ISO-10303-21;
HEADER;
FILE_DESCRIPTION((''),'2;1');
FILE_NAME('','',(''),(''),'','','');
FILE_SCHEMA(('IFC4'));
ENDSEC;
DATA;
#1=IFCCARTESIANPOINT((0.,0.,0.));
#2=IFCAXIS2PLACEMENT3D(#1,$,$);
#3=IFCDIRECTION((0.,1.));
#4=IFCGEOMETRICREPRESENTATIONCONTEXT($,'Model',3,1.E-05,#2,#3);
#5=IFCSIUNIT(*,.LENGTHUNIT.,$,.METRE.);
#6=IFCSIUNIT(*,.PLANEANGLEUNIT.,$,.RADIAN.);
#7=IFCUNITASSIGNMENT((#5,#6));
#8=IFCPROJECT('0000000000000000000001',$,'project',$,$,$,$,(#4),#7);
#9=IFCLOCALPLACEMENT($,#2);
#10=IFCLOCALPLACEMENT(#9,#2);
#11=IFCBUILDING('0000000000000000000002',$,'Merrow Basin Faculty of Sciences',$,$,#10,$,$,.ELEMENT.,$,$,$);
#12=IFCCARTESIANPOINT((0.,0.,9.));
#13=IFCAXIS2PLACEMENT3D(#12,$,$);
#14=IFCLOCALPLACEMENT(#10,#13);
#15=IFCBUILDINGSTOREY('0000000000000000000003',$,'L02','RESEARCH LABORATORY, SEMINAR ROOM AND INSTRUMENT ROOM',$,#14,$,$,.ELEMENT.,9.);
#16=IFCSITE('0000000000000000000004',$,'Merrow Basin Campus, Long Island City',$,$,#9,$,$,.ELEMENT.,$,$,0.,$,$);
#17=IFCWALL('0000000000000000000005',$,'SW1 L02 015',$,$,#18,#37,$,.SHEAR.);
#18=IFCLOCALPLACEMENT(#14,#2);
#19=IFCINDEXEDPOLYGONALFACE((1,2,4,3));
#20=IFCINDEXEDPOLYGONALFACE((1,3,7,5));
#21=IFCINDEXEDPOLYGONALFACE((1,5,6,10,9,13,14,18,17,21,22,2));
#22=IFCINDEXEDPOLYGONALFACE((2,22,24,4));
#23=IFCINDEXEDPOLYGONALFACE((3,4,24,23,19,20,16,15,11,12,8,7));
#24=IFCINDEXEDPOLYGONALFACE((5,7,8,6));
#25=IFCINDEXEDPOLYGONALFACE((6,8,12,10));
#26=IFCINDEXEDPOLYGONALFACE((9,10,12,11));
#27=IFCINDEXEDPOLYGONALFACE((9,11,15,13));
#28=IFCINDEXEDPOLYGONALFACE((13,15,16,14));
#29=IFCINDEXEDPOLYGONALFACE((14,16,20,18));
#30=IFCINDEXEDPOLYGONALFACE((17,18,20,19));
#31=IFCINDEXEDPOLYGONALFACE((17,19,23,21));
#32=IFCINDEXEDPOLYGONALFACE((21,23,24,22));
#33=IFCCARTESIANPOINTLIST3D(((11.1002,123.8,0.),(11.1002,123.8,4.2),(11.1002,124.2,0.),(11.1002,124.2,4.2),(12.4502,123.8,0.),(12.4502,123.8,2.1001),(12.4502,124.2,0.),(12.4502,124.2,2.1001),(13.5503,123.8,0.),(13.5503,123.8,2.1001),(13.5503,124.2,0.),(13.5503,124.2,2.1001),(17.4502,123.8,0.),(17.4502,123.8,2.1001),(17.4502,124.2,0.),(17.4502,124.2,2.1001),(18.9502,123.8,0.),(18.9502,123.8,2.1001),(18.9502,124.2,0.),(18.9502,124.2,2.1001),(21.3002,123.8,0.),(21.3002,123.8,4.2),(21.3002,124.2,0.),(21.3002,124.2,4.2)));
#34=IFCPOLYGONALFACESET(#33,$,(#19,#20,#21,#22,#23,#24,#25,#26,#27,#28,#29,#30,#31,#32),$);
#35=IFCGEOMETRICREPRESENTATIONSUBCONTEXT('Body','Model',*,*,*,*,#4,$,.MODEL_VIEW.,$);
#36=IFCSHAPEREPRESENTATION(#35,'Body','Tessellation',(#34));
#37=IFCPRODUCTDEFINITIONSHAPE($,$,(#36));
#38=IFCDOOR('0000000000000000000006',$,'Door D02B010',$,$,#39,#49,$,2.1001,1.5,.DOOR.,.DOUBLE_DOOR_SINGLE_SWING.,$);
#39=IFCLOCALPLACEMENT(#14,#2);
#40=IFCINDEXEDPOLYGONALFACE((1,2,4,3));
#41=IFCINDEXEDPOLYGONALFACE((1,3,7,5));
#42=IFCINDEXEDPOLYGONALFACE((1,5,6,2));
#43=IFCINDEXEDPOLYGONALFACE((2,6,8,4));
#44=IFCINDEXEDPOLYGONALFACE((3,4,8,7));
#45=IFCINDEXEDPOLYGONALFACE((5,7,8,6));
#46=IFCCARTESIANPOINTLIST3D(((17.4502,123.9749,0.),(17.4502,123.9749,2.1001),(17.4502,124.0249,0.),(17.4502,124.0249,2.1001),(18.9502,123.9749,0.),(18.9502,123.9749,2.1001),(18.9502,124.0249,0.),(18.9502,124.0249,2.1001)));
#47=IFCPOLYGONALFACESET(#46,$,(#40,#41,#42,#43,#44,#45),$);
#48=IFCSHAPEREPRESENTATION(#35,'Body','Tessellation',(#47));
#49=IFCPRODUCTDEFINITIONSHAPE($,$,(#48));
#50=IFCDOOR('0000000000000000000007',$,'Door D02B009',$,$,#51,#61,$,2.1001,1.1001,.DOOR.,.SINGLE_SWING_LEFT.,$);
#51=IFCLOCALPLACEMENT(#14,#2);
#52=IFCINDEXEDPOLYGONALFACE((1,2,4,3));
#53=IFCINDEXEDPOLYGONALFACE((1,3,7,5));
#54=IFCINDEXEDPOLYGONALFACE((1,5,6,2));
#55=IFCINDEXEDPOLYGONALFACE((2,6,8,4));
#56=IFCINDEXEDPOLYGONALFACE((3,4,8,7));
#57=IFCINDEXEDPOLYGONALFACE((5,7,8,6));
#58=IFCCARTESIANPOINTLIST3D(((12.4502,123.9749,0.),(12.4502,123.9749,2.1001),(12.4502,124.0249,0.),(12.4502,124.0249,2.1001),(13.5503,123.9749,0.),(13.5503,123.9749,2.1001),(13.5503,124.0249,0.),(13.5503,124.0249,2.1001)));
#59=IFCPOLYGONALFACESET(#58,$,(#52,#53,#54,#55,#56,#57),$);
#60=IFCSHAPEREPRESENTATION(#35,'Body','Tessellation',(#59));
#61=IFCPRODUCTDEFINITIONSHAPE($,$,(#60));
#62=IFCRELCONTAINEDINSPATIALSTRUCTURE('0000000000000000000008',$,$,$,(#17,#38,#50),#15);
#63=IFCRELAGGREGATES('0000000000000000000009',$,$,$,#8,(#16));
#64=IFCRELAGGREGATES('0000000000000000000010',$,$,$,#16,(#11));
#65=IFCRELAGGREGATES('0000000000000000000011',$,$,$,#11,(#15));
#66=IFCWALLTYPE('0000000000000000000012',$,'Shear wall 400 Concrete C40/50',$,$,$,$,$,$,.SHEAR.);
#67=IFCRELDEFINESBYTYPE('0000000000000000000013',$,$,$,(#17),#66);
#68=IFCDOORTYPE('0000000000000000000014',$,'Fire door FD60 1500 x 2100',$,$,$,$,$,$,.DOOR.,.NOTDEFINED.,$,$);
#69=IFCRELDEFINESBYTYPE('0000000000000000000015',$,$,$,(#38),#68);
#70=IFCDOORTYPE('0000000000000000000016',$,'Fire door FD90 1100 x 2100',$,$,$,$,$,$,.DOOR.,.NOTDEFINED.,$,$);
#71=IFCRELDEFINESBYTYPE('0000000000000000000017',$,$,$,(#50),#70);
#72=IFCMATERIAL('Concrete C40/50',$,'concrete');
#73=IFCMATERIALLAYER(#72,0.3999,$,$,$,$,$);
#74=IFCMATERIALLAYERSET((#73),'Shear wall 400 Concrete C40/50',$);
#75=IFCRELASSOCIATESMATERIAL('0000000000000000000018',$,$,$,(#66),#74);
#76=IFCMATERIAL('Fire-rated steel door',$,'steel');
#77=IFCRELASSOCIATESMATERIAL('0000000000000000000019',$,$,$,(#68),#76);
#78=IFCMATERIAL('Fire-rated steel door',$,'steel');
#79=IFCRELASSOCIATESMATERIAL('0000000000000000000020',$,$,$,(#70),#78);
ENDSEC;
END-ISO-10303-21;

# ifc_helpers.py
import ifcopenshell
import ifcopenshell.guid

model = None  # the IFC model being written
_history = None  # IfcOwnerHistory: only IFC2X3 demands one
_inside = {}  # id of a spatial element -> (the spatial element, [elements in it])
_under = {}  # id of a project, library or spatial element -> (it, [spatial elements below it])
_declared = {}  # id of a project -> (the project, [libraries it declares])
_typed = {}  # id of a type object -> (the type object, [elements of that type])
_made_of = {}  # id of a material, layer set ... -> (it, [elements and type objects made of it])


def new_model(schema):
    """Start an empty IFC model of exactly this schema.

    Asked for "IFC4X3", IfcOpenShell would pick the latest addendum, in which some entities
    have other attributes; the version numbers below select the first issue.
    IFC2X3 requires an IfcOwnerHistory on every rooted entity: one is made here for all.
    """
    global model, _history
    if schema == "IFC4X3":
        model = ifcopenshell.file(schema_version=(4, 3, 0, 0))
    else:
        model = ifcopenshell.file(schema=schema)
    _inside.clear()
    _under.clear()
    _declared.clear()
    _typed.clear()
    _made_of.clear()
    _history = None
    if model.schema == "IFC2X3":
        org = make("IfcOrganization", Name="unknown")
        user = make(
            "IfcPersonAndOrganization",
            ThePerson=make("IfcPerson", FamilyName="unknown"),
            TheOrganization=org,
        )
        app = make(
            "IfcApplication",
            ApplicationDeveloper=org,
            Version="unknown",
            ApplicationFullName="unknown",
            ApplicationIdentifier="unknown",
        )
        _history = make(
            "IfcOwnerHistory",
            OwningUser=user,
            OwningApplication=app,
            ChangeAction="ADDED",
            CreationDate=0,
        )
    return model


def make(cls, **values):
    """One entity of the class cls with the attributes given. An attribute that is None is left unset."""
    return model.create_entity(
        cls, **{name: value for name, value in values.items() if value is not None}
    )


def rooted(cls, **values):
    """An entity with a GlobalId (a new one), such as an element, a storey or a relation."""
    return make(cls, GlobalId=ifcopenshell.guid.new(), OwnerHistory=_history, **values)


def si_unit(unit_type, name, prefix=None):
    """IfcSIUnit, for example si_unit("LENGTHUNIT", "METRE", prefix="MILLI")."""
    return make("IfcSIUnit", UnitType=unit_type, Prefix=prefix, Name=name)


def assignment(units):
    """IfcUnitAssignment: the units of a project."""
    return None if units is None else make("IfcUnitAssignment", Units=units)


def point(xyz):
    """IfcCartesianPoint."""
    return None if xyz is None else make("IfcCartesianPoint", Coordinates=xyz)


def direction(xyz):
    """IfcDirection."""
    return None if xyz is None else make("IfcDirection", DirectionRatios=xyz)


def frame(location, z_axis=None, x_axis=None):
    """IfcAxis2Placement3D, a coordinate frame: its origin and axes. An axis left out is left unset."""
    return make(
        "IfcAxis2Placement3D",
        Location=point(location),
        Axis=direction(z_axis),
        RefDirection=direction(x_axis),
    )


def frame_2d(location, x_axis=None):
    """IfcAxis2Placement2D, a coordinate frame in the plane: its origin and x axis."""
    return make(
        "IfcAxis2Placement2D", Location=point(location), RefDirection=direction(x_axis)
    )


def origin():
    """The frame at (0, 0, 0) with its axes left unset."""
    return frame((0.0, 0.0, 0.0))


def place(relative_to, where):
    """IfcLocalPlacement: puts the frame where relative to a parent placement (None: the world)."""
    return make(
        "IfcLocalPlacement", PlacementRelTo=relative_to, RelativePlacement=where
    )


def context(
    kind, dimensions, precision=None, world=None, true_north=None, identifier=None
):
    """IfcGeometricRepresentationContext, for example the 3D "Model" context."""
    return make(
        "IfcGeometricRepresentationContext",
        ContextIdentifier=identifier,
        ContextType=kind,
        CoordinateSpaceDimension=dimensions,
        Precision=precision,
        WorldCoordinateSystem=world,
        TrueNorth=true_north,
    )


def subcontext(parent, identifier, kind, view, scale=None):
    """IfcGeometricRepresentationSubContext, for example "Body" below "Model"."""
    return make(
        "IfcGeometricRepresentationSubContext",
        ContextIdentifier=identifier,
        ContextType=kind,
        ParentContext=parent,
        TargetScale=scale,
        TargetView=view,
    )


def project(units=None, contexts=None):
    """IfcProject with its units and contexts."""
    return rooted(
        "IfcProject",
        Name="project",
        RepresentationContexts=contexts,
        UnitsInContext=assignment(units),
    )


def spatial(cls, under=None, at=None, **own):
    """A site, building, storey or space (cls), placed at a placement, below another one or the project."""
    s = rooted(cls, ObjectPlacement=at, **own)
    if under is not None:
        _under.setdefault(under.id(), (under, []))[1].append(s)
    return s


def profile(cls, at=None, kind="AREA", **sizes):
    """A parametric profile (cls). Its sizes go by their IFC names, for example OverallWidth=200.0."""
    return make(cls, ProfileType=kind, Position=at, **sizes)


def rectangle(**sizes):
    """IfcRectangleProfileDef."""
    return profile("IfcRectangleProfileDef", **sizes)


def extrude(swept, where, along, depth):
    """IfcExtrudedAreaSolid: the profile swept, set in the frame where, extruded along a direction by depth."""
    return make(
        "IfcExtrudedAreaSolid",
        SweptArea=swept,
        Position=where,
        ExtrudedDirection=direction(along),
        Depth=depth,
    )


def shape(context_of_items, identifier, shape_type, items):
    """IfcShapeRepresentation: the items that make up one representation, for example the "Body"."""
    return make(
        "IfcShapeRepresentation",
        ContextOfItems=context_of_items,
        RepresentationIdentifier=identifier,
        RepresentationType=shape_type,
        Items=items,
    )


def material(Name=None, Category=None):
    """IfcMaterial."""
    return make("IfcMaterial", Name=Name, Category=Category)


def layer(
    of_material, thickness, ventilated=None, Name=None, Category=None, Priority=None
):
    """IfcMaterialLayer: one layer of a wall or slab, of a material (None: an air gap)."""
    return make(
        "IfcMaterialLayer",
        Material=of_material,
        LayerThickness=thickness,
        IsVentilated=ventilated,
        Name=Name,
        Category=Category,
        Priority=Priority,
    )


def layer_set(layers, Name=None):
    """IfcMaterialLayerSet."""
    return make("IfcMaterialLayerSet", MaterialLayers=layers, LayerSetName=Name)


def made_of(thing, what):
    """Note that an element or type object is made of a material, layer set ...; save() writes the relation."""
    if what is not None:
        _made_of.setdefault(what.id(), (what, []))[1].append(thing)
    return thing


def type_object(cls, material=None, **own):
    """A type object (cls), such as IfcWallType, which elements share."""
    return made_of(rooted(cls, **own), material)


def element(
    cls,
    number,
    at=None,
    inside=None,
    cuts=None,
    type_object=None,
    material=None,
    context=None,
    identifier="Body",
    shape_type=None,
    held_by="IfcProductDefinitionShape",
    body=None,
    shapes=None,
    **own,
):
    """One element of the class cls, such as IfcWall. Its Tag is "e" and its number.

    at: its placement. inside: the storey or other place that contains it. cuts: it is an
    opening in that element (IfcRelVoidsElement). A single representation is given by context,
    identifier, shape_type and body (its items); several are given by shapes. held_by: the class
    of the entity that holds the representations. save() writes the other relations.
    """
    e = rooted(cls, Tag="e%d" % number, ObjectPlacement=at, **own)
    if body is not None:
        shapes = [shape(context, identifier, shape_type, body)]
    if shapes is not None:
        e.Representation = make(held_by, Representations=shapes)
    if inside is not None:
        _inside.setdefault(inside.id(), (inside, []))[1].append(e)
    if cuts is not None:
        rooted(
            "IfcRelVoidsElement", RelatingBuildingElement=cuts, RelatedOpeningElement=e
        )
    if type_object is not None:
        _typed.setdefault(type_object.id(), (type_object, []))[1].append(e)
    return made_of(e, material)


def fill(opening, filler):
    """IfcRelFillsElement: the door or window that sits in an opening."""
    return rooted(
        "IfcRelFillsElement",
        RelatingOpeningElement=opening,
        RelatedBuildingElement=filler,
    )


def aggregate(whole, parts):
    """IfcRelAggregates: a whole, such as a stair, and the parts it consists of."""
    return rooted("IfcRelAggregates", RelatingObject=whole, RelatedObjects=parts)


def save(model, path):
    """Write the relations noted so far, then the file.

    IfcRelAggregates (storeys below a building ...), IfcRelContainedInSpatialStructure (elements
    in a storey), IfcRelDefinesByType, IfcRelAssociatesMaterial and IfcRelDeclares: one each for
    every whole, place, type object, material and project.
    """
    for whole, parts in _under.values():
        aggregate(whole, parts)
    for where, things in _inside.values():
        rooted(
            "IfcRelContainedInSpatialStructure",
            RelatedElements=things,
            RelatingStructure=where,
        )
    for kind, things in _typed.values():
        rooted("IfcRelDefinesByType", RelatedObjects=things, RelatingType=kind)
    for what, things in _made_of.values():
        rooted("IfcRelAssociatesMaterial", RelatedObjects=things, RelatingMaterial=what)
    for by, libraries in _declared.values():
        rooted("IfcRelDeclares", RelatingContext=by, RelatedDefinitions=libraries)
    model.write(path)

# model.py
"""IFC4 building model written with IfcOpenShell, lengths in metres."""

from ifc_helpers import new_model, si_unit, direction, frame, frame_2d, origin, place, context, subcontext, project, spatial, rectangle, extrude, material, layer, layer_set, type_object, element, fill, save


model = new_model("IFC4")

# Units and contexts
model_context = context("Model", 3, precision=1e-05, world=origin(), true_north=direction((0.0, 1.0)))
body_context = subcontext(model_context, "Body", "Model", "MODEL_VIEW")
ifc_project = project(units=[si_unit("LENGTHUNIT", "METRE"), si_unit("PLANEANGLEUNIT", "RADIAN")], contexts=[model_context])

# Site, building, storey
site_placement = place(None, origin())
site = spatial("IfcSite", under=ifc_project, at=site_placement, Name="Merrow Basin Campus, Long Island City", CompositionType="ELEMENT", RefElevation=0.0)
building_placement = place(site_placement, origin())
building = spatial("IfcBuilding", under=site, at=building_placement, Name="Merrow Basin Faculty of Sciences", CompositionType="ELEMENT")
storey_placement = place(building_placement, frame((0.0, 0.0, 9.0)))
storey = spatial("IfcBuildingStorey", under=building, at=storey_placement, Name="L02", Description="RESEARCH LABORATORY, SEMINAR ROOM AND INSTRUMENT ROOM", CompositionType="ELEMENT", Elevation=9.0)

# Wall, openings, doors
ifc_material_1 = material(Name="Concrete C40/50", Category="concrete")
ifc_layer_1 = layer(ifc_material_1, 0.3999)
ifc_layer_set_1 = layer_set([ifc_layer_1], Name="Shear wall 400 Concrete C40/50")
wall_type_1 = type_object("IfcWallType", Name="Shear wall 400 Concrete C40/50", PredefinedType="SHEAR", material=ifc_layer_set_1)
wall_1_placement = place(storey_placement, frame((11.1001, 124.0, 0.0), z_axis=(0.0, 0.0, 1.0), x_axis=(1.0, 0.0, 0.0)))
wall_1 = element("IfcWall", 1, at=wall_1_placement, inside=storey, type_object=wall_type_1, Name="SW1 L02 015", PredefinedType="SHEAR", context=body_context, shape_type="SweptSolid", body=[
    extrude(rectangle(XDim=10.2, YDim=0.3999, at=frame_2d((5.1001, 0.0))), origin(), (0.0, 0.0, 1.0), 4.2),
])
opening_1_placement = place(wall_1_placement, frame((1.3501, 0.0, 0.0)))
opening_1 = element("IfcOpeningElement", 2, at=opening_1_placement, cuts=wall_1, PredefinedType="OPENING", context=body_context, shape_type="SweptSolid", body=[
    extrude(rectangle(XDim=1.1001, YDim=2.1001, at=frame_2d((0.55, 1.05))), frame((0.0, 0.21, 0.0), z_axis=(0.0, -1.0, 0.0), x_axis=(1.0, 0.0, 0.0)), (0.0, 0.0, 1.0), 0.4199),
])
opening_2_placement = place(wall_1_placement, frame((6.3501, 0.0, 0.0)))
opening_2 = element("IfcOpeningElement", 3, at=opening_2_placement, cuts=wall_1, PredefinedType="OPENING", context=body_context, shape_type="SweptSolid", body=[
    extrude(rectangle(XDim=1.5, YDim=2.1001, at=frame_2d((0.75, 1.05))), frame((0.0, 0.21, 0.0), z_axis=(0.0, -1.0, 0.0), x_axis=(1.0, 0.0, 0.0)), (0.0, 0.0, 1.0), 0.4199),
])
ifc_material_2 = material(Name="Fire-rated steel door", Category="steel")
door_type_1 = type_object("IfcDoorType", Name="Fire door FD60 1500 x 2100", OperationType="NOTDEFINED", PredefinedType="DOOR", material=ifc_material_2)
door_1_placement = place(opening_2_placement, origin())
door_1 = element("IfcDoor", 4, at=door_1_placement, inside=storey, type_object=door_type_1, Name="Door D02B010", OperationType="DOUBLE_DOOR_SINGLE_SWING", OverallHeight=2.1001, OverallWidth=1.5, PredefinedType="DOOR", context=body_context, shape_type="SweptSolid", body=[
    extrude(rectangle(XDim=1.5, YDim=2.1001, at=frame_2d((0.75, 1.05))), frame((0.0, 0.0249, 0.0), z_axis=(0.0, -1.0, 0.0), x_axis=(1.0, 0.0, 0.0)), (0.0, 0.0, 1.0), 0.05),
])
fill(opening_2, door_1)
ifc_material_3 = material(Name="Fire-rated steel door", Category="steel")
door_type_2 = type_object("IfcDoorType", Name="Fire door FD90 1100 x 2100", OperationType="NOTDEFINED", PredefinedType="DOOR", material=ifc_material_3)
door_2_placement = place(opening_1_placement, origin())
door_2 = element("IfcDoor", 5, at=door_2_placement, inside=storey, type_object=door_type_2, Name="Door D02B009", OperationType="SINGLE_SWING_LEFT", OverallHeight=2.1001, OverallWidth=1.1001, PredefinedType="DOOR", context=body_context, shape_type="SweptSolid", body=[
    extrude(rectangle(XDim=1.1001, YDim=2.1001, at=frame_2d((0.55, 1.05))), frame((0.0, 0.0249, 0.0), z_axis=(0.0, -1.0, 0.0), x_axis=(1.0, 0.0, 0.0)), (0.0, 0.0, 1.0), 0.05),
])
fill(opening_1, door_2)

save(model, "model.ifc")
